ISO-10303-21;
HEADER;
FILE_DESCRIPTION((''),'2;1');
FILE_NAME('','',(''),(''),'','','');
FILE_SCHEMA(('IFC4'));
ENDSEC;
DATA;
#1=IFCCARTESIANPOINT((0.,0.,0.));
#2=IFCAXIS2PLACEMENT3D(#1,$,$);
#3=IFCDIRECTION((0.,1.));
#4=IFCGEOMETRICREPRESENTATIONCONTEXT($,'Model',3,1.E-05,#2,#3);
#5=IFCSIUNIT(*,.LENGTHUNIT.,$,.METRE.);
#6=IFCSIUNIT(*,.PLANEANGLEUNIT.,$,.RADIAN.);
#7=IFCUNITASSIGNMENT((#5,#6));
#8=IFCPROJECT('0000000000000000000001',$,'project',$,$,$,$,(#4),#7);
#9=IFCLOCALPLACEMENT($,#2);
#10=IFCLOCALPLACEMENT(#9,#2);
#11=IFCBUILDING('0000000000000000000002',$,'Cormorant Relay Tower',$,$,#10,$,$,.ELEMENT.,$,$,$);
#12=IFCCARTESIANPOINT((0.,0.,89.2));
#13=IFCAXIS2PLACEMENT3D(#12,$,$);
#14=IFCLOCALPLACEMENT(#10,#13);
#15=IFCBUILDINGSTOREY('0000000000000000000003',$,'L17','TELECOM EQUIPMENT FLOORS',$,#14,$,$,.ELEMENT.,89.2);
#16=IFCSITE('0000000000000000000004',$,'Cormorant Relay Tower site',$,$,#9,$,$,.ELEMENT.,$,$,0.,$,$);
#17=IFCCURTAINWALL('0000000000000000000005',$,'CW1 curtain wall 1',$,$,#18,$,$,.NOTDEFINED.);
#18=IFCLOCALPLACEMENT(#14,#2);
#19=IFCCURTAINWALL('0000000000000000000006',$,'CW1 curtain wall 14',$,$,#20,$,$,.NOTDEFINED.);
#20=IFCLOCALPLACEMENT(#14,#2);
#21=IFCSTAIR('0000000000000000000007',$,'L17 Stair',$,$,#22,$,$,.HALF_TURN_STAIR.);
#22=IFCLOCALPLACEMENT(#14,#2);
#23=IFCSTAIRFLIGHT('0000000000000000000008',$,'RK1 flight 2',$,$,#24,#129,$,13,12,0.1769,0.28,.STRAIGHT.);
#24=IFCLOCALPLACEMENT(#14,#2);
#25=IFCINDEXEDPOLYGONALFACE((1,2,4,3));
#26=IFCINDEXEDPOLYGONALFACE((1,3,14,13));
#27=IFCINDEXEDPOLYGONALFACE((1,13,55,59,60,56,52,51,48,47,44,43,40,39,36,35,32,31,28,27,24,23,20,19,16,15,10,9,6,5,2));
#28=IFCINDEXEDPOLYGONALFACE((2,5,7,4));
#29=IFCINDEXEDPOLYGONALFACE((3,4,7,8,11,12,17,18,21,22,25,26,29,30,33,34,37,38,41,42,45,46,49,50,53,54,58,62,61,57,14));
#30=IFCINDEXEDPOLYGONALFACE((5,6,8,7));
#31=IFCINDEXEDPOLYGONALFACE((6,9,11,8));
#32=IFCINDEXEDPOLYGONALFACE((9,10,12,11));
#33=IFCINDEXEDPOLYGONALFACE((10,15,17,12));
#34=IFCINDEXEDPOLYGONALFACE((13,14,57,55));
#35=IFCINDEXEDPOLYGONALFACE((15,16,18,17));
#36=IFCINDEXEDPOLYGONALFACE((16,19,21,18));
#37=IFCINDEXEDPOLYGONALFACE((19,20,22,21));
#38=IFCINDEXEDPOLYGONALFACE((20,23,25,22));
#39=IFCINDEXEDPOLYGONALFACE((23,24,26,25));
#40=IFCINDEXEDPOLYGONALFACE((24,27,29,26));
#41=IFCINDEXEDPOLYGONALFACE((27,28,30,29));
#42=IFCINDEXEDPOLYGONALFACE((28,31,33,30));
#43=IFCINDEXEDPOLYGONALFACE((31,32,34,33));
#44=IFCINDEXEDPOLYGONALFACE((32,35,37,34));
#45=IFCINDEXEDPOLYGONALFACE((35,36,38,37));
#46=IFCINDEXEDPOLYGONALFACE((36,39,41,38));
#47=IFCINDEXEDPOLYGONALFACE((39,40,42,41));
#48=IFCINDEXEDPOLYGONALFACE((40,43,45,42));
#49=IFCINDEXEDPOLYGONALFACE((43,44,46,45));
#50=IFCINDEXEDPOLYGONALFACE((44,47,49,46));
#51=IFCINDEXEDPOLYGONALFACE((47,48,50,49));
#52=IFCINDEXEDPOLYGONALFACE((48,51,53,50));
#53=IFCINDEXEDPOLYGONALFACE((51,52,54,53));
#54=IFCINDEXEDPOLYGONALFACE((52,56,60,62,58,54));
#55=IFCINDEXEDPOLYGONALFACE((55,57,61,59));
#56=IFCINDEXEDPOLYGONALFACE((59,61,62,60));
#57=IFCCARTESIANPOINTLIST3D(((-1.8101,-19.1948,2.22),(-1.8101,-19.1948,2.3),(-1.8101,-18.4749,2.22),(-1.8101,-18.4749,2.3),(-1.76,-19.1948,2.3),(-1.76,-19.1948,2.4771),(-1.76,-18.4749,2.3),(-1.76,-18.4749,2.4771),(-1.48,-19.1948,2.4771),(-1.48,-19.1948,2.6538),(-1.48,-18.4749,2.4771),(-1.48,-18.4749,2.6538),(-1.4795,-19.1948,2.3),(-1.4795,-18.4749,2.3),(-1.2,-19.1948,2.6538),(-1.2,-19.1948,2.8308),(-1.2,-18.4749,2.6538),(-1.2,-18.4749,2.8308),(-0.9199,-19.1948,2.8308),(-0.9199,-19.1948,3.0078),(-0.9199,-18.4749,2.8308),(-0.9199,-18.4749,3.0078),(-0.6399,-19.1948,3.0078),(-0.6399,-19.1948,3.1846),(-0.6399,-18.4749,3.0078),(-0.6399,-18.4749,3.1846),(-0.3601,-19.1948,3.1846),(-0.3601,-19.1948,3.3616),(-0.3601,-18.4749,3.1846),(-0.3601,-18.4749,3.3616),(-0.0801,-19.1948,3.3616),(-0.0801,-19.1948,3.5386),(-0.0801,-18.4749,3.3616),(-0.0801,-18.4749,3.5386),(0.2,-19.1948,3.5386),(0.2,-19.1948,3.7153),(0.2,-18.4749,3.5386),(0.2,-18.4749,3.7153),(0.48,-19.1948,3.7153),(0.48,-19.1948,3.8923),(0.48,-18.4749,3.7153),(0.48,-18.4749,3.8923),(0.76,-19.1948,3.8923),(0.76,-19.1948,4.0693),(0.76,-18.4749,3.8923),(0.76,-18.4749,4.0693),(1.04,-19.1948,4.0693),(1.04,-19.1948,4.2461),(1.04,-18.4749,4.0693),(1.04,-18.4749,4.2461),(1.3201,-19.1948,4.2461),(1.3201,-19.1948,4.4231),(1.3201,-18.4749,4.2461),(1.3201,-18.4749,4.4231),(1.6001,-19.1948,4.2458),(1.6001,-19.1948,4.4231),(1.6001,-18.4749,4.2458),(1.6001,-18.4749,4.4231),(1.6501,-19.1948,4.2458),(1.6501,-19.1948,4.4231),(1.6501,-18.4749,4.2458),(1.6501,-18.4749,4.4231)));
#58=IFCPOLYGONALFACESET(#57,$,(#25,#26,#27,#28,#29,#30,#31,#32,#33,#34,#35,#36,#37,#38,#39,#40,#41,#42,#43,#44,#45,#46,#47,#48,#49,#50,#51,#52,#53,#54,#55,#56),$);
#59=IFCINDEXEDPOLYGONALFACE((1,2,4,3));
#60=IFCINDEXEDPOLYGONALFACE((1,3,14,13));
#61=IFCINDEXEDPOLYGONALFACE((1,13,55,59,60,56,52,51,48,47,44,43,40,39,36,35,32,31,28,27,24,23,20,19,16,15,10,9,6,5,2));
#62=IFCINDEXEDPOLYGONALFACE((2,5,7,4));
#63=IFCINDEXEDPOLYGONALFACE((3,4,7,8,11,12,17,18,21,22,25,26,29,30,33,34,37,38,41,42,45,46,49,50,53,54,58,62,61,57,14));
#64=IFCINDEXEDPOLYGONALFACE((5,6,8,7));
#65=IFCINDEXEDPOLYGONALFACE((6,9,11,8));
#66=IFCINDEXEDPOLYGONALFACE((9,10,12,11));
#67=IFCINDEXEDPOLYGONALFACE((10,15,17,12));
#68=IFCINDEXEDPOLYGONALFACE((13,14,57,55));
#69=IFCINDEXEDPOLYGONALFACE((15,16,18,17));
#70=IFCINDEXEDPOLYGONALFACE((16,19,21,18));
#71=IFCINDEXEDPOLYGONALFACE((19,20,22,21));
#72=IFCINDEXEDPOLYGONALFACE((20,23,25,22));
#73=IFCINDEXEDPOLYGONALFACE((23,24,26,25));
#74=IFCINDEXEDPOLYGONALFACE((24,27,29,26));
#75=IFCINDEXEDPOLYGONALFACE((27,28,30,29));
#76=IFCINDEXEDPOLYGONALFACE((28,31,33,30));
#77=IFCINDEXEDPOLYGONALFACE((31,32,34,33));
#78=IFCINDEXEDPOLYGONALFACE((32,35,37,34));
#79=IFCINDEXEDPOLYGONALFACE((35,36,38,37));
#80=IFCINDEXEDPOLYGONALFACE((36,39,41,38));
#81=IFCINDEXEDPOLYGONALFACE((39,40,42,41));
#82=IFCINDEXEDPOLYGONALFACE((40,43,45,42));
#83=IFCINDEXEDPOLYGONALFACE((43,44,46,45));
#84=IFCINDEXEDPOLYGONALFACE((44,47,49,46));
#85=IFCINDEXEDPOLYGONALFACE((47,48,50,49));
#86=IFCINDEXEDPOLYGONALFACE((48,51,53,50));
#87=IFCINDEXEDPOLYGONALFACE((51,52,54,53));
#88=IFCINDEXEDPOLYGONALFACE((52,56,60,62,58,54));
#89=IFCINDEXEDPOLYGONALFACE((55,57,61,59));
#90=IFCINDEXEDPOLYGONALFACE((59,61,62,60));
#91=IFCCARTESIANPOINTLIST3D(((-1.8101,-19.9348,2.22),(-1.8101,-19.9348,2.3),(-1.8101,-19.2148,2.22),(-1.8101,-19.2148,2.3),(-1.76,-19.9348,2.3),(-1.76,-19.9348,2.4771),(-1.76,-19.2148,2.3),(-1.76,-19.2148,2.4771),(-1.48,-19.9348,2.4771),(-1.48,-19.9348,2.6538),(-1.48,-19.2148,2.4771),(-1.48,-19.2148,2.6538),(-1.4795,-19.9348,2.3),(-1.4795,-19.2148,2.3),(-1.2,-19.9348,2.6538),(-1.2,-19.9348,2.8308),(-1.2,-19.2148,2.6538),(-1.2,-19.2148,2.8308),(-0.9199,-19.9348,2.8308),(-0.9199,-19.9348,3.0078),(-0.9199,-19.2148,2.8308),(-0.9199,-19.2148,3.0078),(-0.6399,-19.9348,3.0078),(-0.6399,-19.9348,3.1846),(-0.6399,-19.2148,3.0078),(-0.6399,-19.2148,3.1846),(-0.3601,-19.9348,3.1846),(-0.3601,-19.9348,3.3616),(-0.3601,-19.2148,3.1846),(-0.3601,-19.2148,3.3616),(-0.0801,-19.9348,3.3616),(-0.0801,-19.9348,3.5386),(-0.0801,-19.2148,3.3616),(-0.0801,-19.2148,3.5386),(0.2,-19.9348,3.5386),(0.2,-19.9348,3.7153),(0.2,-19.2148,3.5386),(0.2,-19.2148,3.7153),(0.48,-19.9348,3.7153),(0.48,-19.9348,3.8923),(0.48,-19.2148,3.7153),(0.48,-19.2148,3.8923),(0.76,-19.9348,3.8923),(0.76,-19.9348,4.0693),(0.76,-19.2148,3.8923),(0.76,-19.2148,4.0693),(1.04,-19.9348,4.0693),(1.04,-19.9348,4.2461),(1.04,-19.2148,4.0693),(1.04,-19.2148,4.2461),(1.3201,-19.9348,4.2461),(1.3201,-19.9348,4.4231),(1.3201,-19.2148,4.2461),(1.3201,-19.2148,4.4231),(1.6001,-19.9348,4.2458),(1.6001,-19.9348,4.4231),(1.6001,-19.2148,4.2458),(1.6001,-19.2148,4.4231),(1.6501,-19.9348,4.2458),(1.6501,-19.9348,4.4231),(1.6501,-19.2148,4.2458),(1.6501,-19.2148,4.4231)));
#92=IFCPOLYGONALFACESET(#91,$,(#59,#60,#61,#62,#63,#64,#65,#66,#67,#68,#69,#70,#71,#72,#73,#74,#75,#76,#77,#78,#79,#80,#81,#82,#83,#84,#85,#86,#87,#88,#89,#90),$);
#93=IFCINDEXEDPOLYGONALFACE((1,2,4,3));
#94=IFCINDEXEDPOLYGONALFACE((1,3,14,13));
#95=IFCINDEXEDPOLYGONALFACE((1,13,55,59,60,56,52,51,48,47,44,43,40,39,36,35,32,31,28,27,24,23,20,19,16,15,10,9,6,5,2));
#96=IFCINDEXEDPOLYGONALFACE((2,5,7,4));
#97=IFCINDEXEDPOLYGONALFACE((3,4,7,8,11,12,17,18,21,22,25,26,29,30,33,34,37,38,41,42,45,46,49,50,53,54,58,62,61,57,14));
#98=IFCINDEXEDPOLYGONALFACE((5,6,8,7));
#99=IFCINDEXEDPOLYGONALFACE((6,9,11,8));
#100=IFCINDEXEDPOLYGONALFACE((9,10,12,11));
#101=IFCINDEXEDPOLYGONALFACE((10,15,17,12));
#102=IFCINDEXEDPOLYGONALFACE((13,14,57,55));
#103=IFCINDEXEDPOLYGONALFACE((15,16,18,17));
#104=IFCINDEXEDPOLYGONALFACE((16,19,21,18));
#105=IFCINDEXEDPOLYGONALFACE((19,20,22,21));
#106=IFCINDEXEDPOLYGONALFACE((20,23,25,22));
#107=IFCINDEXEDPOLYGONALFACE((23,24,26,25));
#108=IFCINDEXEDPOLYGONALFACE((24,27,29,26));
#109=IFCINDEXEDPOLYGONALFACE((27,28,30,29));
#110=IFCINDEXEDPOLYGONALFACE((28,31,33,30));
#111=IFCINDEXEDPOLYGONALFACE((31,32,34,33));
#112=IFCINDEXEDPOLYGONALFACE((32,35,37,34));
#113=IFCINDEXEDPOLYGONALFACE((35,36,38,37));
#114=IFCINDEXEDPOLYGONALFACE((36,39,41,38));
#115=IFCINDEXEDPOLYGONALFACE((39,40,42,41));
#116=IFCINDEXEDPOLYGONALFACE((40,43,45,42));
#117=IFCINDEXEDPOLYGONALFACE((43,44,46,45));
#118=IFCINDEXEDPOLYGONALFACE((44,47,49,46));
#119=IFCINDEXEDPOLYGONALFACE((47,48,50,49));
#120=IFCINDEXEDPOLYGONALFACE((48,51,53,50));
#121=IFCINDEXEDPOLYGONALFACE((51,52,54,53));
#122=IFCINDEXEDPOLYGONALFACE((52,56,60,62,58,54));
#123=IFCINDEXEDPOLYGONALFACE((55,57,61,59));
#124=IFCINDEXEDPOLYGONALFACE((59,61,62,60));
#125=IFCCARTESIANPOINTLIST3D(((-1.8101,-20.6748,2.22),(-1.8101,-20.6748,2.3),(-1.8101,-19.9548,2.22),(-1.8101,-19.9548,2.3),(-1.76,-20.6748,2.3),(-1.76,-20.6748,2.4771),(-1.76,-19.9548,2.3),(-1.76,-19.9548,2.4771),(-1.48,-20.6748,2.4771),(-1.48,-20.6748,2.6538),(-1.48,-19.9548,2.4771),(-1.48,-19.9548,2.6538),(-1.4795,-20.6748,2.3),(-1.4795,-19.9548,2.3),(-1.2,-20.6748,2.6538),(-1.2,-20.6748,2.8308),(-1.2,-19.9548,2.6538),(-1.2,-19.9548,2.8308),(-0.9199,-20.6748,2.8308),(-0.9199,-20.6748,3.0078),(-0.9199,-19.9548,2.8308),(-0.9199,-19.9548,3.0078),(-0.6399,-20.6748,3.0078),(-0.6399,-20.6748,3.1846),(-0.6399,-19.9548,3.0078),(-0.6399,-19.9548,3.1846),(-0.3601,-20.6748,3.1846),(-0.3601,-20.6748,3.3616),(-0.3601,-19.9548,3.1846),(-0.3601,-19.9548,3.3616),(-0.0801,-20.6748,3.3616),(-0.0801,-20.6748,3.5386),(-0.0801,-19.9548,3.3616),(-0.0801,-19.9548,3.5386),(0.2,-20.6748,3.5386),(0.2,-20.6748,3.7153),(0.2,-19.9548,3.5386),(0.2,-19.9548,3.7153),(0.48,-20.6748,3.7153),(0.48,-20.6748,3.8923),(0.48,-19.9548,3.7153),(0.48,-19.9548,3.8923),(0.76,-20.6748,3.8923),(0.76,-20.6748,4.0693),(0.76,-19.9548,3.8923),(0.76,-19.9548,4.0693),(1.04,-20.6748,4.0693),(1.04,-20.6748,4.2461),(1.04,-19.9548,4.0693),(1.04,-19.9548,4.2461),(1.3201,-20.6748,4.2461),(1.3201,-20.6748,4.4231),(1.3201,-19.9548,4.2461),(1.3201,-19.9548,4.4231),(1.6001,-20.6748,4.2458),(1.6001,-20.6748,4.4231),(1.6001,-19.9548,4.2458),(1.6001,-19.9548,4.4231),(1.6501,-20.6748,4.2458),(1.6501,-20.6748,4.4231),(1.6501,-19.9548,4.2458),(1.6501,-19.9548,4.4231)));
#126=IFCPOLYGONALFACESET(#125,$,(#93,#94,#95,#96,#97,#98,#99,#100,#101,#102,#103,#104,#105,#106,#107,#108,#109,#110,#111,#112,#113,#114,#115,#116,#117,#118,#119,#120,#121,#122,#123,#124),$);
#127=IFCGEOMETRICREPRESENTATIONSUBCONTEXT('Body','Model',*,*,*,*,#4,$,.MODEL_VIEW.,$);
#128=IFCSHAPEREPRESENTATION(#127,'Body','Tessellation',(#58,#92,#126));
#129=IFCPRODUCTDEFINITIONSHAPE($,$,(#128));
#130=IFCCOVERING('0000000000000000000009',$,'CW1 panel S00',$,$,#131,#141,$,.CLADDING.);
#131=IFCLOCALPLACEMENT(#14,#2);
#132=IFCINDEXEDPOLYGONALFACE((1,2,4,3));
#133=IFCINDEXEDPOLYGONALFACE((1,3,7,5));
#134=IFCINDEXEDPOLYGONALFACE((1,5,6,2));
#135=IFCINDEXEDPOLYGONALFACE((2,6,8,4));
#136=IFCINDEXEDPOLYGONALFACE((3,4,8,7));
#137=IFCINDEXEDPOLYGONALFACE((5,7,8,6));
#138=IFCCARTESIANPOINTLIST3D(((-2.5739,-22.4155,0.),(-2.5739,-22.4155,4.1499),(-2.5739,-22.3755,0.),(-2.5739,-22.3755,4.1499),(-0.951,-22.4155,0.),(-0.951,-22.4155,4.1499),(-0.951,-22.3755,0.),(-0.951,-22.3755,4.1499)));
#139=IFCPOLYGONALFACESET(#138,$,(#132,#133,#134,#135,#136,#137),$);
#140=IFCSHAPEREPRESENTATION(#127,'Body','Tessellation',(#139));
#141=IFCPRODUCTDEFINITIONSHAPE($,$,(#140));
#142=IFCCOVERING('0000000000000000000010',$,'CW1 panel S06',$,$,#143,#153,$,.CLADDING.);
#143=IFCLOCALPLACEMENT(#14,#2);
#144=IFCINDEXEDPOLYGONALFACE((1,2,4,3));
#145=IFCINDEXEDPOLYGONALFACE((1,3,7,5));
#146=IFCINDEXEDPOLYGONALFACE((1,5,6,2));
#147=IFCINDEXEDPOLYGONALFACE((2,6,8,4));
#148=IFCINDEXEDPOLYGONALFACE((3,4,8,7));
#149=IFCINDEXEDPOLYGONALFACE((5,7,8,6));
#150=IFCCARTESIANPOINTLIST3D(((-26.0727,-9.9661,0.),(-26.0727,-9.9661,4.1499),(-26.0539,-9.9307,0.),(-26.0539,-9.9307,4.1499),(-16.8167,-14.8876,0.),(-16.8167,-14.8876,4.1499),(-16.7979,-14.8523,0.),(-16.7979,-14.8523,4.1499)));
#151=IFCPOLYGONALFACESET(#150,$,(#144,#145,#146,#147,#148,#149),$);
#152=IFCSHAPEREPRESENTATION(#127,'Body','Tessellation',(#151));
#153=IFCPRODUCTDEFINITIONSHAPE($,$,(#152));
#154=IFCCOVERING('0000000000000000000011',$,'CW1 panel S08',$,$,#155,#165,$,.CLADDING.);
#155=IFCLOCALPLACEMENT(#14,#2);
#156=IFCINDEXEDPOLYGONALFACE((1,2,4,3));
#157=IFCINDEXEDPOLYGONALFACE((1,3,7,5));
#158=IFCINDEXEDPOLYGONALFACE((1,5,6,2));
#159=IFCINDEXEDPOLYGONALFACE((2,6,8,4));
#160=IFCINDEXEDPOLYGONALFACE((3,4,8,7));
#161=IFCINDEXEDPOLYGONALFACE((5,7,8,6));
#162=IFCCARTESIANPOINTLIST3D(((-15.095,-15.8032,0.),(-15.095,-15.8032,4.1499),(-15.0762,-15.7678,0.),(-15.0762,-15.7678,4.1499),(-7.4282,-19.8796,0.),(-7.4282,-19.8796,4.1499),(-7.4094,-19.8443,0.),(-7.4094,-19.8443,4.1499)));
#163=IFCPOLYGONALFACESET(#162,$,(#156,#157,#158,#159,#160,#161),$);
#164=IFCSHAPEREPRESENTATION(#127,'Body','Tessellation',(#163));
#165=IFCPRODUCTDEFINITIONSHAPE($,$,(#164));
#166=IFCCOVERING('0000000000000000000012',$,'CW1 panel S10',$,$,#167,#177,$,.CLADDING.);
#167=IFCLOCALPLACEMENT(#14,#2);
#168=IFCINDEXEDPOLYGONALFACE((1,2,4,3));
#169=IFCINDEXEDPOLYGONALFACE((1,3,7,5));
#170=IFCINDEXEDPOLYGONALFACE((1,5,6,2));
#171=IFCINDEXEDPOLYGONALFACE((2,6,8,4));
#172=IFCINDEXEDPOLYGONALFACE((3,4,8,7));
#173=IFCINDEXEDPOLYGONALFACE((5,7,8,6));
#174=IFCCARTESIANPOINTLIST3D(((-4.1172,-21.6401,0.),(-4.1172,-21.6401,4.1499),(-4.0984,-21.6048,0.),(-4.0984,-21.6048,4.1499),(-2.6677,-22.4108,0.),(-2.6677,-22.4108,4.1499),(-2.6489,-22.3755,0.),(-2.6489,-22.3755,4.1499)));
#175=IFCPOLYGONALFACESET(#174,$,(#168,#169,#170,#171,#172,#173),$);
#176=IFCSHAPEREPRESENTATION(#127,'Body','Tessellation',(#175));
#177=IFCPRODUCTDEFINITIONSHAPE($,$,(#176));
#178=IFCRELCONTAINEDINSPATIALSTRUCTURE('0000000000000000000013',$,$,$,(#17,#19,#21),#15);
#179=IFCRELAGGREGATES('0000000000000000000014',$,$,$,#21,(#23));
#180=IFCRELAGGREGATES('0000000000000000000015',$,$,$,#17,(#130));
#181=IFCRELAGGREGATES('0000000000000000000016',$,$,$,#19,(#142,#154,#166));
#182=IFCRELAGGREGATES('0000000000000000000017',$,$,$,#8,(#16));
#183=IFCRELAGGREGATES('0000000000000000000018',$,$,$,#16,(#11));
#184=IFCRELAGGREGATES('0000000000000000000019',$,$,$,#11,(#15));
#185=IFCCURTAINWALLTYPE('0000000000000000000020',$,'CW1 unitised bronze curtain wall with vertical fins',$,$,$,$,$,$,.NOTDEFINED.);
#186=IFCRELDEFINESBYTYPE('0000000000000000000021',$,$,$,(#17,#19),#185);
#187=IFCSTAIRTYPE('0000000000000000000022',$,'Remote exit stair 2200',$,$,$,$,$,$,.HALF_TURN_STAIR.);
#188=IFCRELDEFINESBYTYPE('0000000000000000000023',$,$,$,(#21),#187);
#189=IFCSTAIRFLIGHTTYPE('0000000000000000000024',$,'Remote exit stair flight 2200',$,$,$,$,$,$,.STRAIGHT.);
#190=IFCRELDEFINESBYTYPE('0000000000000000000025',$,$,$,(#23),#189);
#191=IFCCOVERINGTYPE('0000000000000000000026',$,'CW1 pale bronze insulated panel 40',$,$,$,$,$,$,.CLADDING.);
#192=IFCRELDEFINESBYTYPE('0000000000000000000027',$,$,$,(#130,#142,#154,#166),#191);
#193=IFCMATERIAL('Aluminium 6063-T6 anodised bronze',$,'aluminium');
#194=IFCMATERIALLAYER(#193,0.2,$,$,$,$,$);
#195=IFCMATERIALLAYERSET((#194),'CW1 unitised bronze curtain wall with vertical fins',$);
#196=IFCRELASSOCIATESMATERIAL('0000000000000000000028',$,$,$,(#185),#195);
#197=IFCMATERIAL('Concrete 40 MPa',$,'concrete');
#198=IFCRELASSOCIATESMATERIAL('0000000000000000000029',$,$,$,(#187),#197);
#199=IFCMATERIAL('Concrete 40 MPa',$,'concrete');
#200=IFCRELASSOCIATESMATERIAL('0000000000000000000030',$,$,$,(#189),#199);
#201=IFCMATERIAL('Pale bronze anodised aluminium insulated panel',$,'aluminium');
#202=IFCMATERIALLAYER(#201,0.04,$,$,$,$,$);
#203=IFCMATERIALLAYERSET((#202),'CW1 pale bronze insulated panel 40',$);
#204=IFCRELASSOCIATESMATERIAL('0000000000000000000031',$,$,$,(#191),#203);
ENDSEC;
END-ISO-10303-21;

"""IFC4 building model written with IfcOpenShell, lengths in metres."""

from ifc_helpers import new_model, si_unit, direction, frame, origin, origin_2d, place, context, subcontext, project, spatial, polyline, rectangle, outline, extrude, material, layer, layer_set, type_object, element, aggregate, save


model = new_model("IFC4")

# Units and contexts
model_context = context("Model", 3, precision=1e-05, world=origin(), true_north=direction((0.0, 1.0)))
body_context = subcontext(model_context, "Body", "Model", "MODEL_VIEW")
ifc_project = project(units=[si_unit("LENGTHUNIT", "METRE"), si_unit("PLANEANGLEUNIT", "RADIAN")], contexts=[model_context])

# Site, building, storey
site_placement = place(None, origin())
site = spatial("IfcSite", under=ifc_project, at=site_placement, Name="Cormorant Relay Tower site", CompositionType="ELEMENT", RefElevation=0.0)
building_placement = place(site_placement, origin())
building = spatial("IfcBuilding", under=site, at=building_placement, Name="Cormorant Relay Tower", CompositionType="ELEMENT")
storey_placement = place(building_placement, frame((0.0, 0.0, 89.2)))
storey = spatial("IfcBuildingStorey", under=building, at=storey_placement, Name="L17", Description="TELECOM EQUIPMENT FLOORS", CompositionType="ELEMENT", Elevation=89.2)

# Curtain wall
ifc_material_1 = material(Name="Aluminium 6063-T6 anodised bronze", Category="aluminium")
ifc_layer_1 = layer(ifc_material_1, 0.2)
ifc_layer_set_1 = layer_set([ifc_layer_1], Name="CW1 unitised bronze curtain wall with vertical fins")
curtain_wall_type = type_object("IfcCurtainWallType", Name="CW1 unitised bronze curtain wall with vertical fins", PredefinedType="NOTDEFINED", material=ifc_layer_set_1)
curtain_wall_1_placement = place(storey_placement, origin())
curtain_wall_1 = element("IfcCurtainWall", 1, at=curtain_wall_1_placement, inside=storey, type_object=curtain_wall_type, Name="CW1 curtain wall 1", PredefinedType="NOTDEFINED")

# Curtain wall
curtain_wall_2_placement = place(storey_placement, origin())
curtain_wall_2 = element("IfcCurtainWall", 2, at=curtain_wall_2_placement, inside=storey, type_object=curtain_wall_type, Name="CW1 curtain wall 14", PredefinedType="NOTDEFINED")

# Stair, stair flight
ifc_material_2 = material(Name="Concrete 40 MPa", Category="concrete")
stair_type = type_object("IfcStairType", Name="Remote exit stair 2200", PredefinedType="HALF_TURN_STAIR", material=ifc_material_2)
stair_placement = place(storey_placement, origin())
stair = element("IfcStair", 3, at=stair_placement, inside=storey, type_object=stair_type, Name="L17 Stair", PredefinedType="HALF_TURN_STAIR")
ifc_material_3 = material(Name="Concrete 40 MPa", Category="concrete")
stair_flight_type = type_object("IfcStairFlightType", Name="Remote exit stair flight 2200", PredefinedType="STRAIGHT", material=ifc_material_3)
stair_flight_placement = place(storey_placement, frame((-1.76, -19.575, 2.3), z_axis=(0.0, 0.0, 1.0), x_axis=(1.0, 0.0, 0.0)))
stair_flight = element("IfcStairFlight", 4, at=stair_flight_placement, type_object=stair_flight_type, Name="RK1 flight 2", NumberOfRisers=13, NumberOfTreads=12, PredefinedType="STRAIGHT", RiserHeight=0.1769, TreadLength=0.28, context=body_context, shape_type="SweptSolid", body=[
    extrude(outline(polyline([(-0.05, -0.0801), (-0.05, 0.0), (0.0, 0.0), (0.0, 0.177), (0.28, 0.177), (0.28, 0.3538), (0.5601, 0.3538), (0.5601, 0.5308), (0.8401, 0.5308), (0.8401, 0.7078), (1.1201, 0.7078), (1.1201, 0.8845), (1.3999, 0.8845), (1.3999, 1.0615), (1.6799, 1.0615), (1.6799, 1.2385), (1.96, 1.2385), (1.96, 1.4153), (2.24, 1.4153), (2.24, 1.5923), (2.52, 1.5923), (2.52, 1.7693), (2.8, 1.7693), (2.8, 1.946), (3.0801, 1.946), (3.0801, 2.123), (3.3601, 2.123), (3.4102, 2.123), (3.4102, 1.9458), (3.3601, 1.9458), (0.2805, 0.0), (-0.05, -0.0801)])), frame((0.0, 1.1001, 0.0), z_axis=(0.0, -1.0, 0.0), x_axis=(1.0, 0.0, 0.0)), (0.0, 0.0, 1.0), 0.72),
    extrude(outline(polyline([(-0.05, -0.0801), (-0.05, 0.0), (0.0, 0.0), (0.0, 0.177), (0.28, 0.177), (0.28, 0.3538), (0.5601, 0.3538), (0.5601, 0.5308), (0.8401, 0.5308), (0.8401, 0.7078), (1.1201, 0.7078), (1.1201, 0.8845), (1.3999, 0.8845), (1.3999, 1.0615), (1.6799, 1.0615), (1.6799, 1.2385), (1.96, 1.2385), (1.96, 1.4153), (2.24, 1.4153), (2.24, 1.5923), (2.52, 1.5923), (2.52, 1.7693), (2.8, 1.7693), (2.8, 1.946), (3.0801, 1.946), (3.0801, 2.123), (3.3601, 2.123), (3.4102, 2.123), (3.4102, 1.9458), (3.3601, 1.9458), (0.2805, 0.0), (-0.05, -0.0801)])), frame((0.0, 0.3601, 0.0), z_axis=(0.0, -1.0, 0.0), x_axis=(1.0, 0.0, 0.0)), (0.0, 0.0, 1.0), 0.72),
    extrude(outline(polyline([(-0.05, -0.0801), (-0.05, 0.0), (0.0, 0.0), (0.0, 0.177), (0.28, 0.177), (0.28, 0.3538), (0.5601, 0.3538), (0.5601, 0.5308), (0.8401, 0.5308), (0.8401, 0.7078), (1.1201, 0.7078), (1.1201, 0.8845), (1.3999, 0.8845), (1.3999, 1.0615), (1.6799, 1.0615), (1.6799, 1.2385), (1.96, 1.2385), (1.96, 1.4153), (2.24, 1.4153), (2.24, 1.5923), (2.52, 1.5923), (2.52, 1.7693), (2.8, 1.7693), (2.8, 1.946), (3.0801, 1.946), (3.0801, 2.123), (3.3601, 2.123), (3.4102, 2.123), (3.4102, 1.9458), (3.3601, 1.9458), (0.2805, 0.0), (-0.05, -0.0801)])), frame((0.0, -0.3799, 0.0), z_axis=(0.0, -1.0, 0.0), x_axis=(1.0, 0.0, 0.0)), (0.0, 0.0, 1.0), 0.72),
])
aggregate(stair, [stair_flight])

# Coverings
ifc_material_4 = material(Name="Pale bronze anodised aluminium insulated panel", Category="aluminium")
ifc_layer_2 = layer(ifc_material_4, 0.04)
ifc_layer_set_2 = layer_set([ifc_layer_2], Name="CW1 pale bronze insulated panel 40")
covering_type = type_object("IfcCoveringType", Name="CW1 pale bronze insulated panel 40", PredefinedType="CLADDING", material=ifc_layer_set_2)
covering_1_placement = place(storey_placement, frame((-1.7625, -22.3955, 0.0), z_axis=(0.0, 0.0, 1.0), x_axis=(1.0, 0.0, 0.0)))
covering_1 = element("IfcCovering", 5, at=covering_1_placement, type_object=covering_type, Name="CW1 panel S00", PredefinedType="CLADDING", context=body_context, shape_type="SweptSolid", body=[
    extrude(rectangle(XDim=1.6228, YDim=0.04, at=origin_2d()), origin(), (0.0, 0.0, 1.0), 4.1499),
])
aggregate(curtain_wall_1, [covering_1])
covering_2_placement = place(storey_placement, frame((-21.4353, -12.4092, 0.0), z_axis=(0.0, 0.0, 1.0), x_axis=(0.882948, -0.469472, 0.0)))
covering_2 = element("IfcCovering", 6, at=covering_2_placement, type_object=covering_type, Name="CW1 panel S06", PredefinedType="CLADDING", context=body_context, shape_type="SweptSolid", body=[
    extrude(rectangle(XDim=10.4832, YDim=0.04, at=origin_2d()), origin(), (0.0, 0.0, 1.0), 4.1499),
])
covering_3_placement = place(storey_placement, frame((-11.2522, -17.8237, 0.0), z_axis=(0.0, 0.0, 1.0), x_axis=(0.882948, -0.469472, 0.0)))
covering_3 = element("IfcCovering", 7, at=covering_3_placement, type_object=covering_type, Name="CW1 panel S08", PredefinedType="CLADDING", context=body_context, shape_type="SweptSolid", body=[
    extrude(rectangle(XDim=8.6831, YDim=0.04, at=origin_2d()), origin(), (0.0, 0.0, 1.0), 4.1499),
])
covering_4_placement = place(storey_placement, frame((-3.3831, -22.0078, 0.0), z_axis=(0.0, 0.0, 1.0), x_axis=(0.882948, -0.469472, 0.0)))
covering_4 = element("IfcCovering", 8, at=covering_4_placement, type_object=covering_type, Name="CW1 panel S10", PredefinedType="CLADDING", context=body_context, shape_type="SweptSolid", body=[
    extrude(rectangle(XDim=1.6416, YDim=0.04, at=origin_2d()), origin(), (0.0, 0.0, 1.0), 4.1499),
])
aggregate(curtain_wall_2, [covering_2, covering_3, covering_4])

save(model, "model.ifc")
